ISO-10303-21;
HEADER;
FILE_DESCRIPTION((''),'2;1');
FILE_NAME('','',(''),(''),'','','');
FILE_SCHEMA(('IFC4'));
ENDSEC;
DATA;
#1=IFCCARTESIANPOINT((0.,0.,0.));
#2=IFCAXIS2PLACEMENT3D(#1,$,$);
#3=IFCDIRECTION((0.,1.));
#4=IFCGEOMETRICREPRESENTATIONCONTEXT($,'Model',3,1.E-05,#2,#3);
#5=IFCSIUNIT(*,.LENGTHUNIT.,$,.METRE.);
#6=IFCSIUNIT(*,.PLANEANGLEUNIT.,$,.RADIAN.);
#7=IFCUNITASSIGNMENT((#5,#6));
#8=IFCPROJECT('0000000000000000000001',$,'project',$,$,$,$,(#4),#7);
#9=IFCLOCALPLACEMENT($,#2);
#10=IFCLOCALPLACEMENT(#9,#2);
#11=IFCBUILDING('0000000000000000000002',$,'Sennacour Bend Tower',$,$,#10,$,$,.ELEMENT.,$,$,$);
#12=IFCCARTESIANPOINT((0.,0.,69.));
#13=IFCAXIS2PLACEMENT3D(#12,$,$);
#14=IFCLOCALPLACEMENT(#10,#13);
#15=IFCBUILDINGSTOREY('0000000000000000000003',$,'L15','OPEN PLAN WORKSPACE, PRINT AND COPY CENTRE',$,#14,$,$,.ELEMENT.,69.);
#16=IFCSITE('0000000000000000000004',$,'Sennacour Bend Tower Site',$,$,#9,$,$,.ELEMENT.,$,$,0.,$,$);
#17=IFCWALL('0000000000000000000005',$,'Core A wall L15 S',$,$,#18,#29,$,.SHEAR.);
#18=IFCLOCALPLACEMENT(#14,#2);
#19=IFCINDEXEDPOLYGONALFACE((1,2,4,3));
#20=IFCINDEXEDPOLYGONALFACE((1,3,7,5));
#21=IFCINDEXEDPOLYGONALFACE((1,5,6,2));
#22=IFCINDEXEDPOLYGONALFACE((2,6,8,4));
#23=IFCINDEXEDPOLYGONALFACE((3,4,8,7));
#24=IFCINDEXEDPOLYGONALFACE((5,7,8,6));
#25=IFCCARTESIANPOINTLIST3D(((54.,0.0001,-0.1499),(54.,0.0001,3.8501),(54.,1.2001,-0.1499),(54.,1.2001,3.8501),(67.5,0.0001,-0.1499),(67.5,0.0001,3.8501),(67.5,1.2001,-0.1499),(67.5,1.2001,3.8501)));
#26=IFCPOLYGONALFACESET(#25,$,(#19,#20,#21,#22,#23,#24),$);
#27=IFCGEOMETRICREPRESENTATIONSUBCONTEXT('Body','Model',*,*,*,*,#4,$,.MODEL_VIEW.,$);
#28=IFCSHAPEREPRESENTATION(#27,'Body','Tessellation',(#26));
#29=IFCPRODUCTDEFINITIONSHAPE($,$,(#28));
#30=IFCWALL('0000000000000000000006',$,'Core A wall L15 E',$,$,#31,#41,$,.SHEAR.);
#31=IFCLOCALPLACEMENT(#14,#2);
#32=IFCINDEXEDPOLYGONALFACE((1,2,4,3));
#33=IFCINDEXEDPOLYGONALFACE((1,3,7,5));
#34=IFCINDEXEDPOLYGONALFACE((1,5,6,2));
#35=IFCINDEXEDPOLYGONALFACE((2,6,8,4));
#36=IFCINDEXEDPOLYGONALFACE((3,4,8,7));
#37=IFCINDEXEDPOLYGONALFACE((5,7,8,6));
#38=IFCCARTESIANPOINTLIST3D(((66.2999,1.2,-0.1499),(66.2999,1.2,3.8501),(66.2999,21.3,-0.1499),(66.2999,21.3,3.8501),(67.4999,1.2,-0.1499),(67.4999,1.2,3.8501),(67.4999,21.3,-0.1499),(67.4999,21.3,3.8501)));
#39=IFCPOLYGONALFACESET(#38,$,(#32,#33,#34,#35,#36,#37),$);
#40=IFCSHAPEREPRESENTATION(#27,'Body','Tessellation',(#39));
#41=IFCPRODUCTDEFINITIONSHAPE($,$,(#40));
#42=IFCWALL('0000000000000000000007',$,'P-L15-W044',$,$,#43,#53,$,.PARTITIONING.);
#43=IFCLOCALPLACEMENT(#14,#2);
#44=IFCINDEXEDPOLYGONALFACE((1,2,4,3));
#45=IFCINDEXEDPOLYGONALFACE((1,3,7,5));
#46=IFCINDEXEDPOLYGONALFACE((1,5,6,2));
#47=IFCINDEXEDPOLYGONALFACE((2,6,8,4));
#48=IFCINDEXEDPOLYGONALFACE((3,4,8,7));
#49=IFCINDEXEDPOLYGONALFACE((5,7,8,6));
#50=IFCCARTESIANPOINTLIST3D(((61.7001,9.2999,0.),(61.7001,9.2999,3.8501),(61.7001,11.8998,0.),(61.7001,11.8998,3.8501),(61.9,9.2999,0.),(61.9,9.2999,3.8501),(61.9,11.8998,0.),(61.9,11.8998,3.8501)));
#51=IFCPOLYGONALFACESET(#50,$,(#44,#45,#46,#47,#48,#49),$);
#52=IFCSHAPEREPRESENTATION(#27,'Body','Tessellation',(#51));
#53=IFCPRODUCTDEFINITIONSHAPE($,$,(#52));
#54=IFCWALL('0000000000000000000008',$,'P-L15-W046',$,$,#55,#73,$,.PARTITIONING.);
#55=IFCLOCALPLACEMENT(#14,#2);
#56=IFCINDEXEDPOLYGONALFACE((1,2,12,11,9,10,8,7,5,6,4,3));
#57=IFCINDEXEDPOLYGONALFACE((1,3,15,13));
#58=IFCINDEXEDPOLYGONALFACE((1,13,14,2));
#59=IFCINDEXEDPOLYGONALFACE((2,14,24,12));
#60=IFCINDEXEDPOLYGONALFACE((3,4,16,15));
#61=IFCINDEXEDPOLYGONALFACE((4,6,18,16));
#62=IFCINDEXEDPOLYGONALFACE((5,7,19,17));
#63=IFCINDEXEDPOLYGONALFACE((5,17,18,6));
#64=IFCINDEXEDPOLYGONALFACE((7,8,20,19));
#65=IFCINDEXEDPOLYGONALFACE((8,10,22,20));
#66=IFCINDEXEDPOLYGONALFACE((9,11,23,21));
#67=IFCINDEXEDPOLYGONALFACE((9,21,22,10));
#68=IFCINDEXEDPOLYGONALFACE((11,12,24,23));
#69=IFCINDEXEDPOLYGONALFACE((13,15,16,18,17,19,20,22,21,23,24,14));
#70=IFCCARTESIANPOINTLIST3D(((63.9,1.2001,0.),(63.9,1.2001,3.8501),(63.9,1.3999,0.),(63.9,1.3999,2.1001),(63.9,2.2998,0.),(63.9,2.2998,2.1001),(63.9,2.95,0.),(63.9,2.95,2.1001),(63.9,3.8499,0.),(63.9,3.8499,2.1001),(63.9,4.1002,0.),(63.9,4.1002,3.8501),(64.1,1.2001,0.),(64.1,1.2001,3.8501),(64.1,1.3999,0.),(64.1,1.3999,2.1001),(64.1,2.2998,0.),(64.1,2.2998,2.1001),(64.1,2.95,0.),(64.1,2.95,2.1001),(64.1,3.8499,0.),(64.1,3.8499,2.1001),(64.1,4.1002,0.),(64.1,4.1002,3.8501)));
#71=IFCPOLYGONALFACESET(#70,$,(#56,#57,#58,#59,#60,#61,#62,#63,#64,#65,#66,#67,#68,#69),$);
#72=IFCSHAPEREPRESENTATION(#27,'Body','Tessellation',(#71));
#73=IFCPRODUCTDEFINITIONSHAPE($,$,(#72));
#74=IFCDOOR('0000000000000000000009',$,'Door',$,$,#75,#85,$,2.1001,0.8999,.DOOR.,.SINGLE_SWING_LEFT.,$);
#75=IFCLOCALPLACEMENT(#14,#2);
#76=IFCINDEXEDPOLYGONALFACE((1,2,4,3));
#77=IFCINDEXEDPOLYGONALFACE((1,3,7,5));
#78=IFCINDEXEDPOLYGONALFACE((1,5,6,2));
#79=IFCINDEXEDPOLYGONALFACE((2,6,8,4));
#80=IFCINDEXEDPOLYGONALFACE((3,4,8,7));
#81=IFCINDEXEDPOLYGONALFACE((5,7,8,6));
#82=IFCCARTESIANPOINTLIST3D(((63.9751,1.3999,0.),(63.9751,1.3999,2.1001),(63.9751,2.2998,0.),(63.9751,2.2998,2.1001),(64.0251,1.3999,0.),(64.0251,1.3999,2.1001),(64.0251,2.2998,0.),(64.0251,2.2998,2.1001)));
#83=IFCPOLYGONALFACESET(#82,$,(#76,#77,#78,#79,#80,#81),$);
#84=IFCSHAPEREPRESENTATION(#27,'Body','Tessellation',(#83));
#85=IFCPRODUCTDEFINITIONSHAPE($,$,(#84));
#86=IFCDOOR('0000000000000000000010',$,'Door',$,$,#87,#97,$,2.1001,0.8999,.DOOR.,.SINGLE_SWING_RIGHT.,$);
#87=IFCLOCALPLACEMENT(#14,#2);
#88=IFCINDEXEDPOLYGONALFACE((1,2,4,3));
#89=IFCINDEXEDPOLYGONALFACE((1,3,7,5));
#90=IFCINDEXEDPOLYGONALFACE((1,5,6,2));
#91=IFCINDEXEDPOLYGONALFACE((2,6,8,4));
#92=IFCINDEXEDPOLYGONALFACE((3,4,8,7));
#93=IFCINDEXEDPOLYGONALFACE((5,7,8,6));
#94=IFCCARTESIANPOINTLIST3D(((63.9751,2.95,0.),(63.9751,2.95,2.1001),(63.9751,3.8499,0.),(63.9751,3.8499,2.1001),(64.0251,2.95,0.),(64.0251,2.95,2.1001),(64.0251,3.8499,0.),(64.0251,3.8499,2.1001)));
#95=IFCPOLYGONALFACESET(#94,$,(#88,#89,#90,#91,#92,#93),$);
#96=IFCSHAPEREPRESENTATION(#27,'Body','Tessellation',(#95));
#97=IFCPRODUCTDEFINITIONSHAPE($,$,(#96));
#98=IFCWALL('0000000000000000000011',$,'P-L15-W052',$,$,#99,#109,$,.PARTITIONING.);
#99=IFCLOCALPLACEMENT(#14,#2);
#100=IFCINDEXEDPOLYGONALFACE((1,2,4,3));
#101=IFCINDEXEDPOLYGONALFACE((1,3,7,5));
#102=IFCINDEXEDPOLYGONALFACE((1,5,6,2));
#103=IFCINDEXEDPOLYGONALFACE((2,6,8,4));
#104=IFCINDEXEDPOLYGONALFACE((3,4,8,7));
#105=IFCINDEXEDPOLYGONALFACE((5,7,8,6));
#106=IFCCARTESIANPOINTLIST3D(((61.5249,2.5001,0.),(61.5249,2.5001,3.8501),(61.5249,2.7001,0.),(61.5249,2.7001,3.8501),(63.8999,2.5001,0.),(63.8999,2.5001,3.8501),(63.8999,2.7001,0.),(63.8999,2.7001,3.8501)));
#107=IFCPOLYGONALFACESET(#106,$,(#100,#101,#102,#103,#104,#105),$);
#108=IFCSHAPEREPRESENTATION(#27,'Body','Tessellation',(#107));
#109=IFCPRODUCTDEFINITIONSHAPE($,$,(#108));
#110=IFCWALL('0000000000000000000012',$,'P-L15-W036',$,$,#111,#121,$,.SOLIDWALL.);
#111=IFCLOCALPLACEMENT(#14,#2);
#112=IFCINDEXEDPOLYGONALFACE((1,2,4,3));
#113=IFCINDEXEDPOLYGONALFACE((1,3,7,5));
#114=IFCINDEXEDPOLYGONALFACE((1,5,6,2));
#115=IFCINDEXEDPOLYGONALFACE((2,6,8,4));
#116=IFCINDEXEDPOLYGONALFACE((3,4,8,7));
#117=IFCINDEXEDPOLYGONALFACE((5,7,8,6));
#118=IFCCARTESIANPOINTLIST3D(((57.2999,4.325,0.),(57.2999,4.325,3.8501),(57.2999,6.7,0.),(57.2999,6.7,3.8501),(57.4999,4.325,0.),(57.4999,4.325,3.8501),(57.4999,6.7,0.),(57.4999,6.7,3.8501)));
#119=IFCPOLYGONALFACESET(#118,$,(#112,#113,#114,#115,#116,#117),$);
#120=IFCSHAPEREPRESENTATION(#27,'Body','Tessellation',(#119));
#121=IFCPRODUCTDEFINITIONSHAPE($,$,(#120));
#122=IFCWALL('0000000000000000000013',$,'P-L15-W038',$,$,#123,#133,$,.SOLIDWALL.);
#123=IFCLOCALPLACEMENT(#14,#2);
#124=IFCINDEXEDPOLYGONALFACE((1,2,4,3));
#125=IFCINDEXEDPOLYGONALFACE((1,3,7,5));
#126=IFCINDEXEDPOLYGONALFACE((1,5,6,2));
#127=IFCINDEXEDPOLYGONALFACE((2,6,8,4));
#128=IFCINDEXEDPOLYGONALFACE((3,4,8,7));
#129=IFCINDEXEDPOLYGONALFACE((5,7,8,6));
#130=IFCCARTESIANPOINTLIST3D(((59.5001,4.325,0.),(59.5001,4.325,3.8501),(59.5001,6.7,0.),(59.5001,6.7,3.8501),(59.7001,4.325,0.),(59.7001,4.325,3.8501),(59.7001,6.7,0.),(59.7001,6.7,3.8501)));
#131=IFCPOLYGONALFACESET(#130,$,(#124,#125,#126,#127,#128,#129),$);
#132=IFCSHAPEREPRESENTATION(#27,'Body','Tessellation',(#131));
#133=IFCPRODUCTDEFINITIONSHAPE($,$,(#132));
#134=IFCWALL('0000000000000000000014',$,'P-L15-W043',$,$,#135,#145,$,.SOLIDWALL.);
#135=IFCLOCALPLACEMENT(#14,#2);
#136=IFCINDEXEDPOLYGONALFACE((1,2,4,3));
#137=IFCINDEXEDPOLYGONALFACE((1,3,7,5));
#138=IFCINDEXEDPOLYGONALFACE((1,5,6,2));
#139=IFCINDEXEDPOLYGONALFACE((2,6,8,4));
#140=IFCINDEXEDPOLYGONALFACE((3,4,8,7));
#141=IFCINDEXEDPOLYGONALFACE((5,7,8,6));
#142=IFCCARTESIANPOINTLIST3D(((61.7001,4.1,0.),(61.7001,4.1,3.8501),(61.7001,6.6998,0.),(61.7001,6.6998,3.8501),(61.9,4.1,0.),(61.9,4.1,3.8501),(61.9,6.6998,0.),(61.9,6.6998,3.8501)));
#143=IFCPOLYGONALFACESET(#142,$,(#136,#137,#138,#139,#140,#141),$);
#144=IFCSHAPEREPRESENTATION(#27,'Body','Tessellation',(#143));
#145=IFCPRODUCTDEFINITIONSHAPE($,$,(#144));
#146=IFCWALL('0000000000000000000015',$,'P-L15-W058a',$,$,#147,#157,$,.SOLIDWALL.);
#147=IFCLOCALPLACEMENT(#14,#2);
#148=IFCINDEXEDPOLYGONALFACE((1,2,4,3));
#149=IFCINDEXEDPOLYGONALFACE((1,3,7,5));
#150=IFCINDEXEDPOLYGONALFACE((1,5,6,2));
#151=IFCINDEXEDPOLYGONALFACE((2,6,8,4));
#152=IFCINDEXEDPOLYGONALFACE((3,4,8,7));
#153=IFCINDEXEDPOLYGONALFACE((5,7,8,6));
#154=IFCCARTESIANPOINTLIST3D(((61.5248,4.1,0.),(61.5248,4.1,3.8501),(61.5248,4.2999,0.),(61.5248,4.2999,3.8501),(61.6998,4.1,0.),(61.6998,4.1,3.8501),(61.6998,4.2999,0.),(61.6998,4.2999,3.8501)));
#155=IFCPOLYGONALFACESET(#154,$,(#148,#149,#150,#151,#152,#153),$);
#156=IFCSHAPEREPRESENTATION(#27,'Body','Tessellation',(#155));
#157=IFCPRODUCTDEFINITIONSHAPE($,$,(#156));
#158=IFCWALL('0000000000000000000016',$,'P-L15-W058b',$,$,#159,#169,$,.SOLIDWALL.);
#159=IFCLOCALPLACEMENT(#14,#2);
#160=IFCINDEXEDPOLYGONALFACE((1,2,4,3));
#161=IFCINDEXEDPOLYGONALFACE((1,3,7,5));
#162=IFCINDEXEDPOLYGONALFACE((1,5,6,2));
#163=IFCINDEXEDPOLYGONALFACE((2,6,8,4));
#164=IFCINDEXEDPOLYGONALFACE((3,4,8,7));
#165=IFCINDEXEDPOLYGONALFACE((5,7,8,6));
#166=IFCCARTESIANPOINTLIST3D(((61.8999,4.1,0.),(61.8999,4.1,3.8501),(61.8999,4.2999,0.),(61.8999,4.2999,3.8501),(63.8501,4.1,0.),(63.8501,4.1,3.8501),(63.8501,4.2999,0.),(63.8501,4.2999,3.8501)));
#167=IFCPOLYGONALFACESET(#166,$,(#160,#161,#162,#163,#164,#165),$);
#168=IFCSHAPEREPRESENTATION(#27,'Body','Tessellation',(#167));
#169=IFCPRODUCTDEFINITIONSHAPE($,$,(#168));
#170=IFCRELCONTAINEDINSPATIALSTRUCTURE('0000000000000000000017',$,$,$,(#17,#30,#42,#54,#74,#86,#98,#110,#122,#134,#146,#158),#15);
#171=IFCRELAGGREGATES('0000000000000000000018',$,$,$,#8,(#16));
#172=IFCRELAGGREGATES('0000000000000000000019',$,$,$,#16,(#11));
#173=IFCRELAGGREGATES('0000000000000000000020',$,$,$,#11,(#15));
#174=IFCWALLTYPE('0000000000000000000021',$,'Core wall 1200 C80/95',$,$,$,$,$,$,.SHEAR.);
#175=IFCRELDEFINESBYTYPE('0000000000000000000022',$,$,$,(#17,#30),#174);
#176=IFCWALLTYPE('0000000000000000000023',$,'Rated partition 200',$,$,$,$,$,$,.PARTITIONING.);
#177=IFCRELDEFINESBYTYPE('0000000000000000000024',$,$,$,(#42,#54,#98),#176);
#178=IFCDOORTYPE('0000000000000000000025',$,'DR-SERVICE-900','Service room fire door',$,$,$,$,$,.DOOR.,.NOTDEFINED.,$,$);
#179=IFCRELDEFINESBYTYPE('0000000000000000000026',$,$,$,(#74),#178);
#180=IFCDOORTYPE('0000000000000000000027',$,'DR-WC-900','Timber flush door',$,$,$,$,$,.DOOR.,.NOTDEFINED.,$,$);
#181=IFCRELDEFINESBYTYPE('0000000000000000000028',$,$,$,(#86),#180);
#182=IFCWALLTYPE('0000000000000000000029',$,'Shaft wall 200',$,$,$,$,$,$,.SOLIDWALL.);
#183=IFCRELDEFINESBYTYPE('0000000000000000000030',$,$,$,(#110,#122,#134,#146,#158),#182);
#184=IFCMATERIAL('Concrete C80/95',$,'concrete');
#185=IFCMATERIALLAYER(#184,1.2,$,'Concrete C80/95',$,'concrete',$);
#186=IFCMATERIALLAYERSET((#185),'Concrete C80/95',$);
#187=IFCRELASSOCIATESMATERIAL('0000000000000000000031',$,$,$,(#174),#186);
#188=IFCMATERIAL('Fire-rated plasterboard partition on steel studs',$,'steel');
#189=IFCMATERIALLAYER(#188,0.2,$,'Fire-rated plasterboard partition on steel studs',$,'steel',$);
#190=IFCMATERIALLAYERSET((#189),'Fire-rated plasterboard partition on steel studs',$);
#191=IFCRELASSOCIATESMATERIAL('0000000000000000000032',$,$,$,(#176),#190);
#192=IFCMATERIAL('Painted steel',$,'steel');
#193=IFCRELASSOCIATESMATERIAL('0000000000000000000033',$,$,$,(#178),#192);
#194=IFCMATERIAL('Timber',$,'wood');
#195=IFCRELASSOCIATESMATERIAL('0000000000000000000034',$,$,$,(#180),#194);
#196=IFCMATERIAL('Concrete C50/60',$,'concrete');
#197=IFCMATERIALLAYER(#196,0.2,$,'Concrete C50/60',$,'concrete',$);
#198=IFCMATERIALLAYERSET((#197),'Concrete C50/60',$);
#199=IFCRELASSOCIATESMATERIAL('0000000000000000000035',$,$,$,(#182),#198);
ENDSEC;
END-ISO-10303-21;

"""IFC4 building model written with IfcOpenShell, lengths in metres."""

from ifc_helpers import new_model, si_unit, direction, frame, frame_2d, origin, place, context, subcontext, project, spatial, rectangle, extrude, material, layer, layer_set, type_object, element, fill, save


model = new_model("IFC4")

# Units and contexts
model_context = context("Model", 3, precision=1e-05, world=origin(), true_north=direction((0.0, 1.0)))
body_context = subcontext(model_context, "Body", "Model", "MODEL_VIEW")
ifc_project = project(units=[si_unit("LENGTHUNIT", "METRE"), si_unit("PLANEANGLEUNIT", "RADIAN")], contexts=[model_context])

# Site, building, storey
site_placement = place(None, origin())
site = spatial("IfcSite", under=ifc_project, at=site_placement, Name="Sennacour Bend Tower Site", CompositionType="ELEMENT", RefElevation=0.0)
building_placement = place(site_placement, origin())
building = spatial("IfcBuilding", under=site, at=building_placement, Name="Sennacour Bend Tower", CompositionType="ELEMENT")
storey_placement = place(building_placement, frame((0.0, 0.0, 69.0)))
storey = spatial("IfcBuildingStorey", under=building, at=storey_placement, Name="L15", Description="OPEN PLAN WORKSPACE, PRINT AND COPY CENTRE", CompositionType="ELEMENT", Elevation=69.0)

# Walls
ifc_material_1 = material(Name="Concrete C80/95", Category="concrete")
ifc_layer_1 = layer(ifc_material_1, 1.2, Name="Concrete C80/95", Category="concrete")
ifc_layer_set_1 = layer_set([ifc_layer_1], Name="Concrete C80/95")
wall_type_1 = type_object("IfcWallType", Name="Core wall 1200 C80/95", PredefinedType="SHEAR", material=ifc_layer_set_1)
wall_1_placement = place(storey_placement, frame((67.5, 0.6001, -0.1499), z_axis=(0.0, 0.0, 1.0), x_axis=(-1.0, 0.0, 0.0)))
element("IfcWall", 1, at=wall_1_placement, inside=storey, type_object=wall_type_1, Name="Core A wall L15 S", PredefinedType="SHEAR", context=body_context, shape_type="SweptSolid", body=[
    extrude(rectangle(XDim=13.5, YDim=1.2, at=frame_2d((6.75, 0.0))), origin(), (0.0, 0.0, 1.0), 4.0),
])
wall_2_placement = place(storey_placement, frame((66.8999, 1.2, -0.1499), z_axis=(0.0, 0.0, 1.0), x_axis=(0.0, 1.0, 0.0)))
element("IfcWall", 2, at=wall_2_placement, inside=storey, type_object=wall_type_1, Name="Core A wall L15 E", PredefinedType="SHEAR", context=body_context, shape_type="SweptSolid", body=[
    extrude(rectangle(XDim=20.1001, YDim=1.2, at=frame_2d((10.05, 0.0))), origin(), (0.0, 0.0, 1.0), 4.0),
])
ifc_material_2 = material(Name="Fire-rated plasterboard partition on steel studs", Category="steel")
ifc_layer_2 = layer(ifc_material_2, 0.2, Name="Fire-rated plasterboard partition on steel studs", Category="steel")
ifc_layer_set_2 = layer_set([ifc_layer_2], Name="Fire-rated plasterboard partition on steel studs")
wall_type_2 = type_object("IfcWallType", Name="Rated partition 200", PredefinedType="PARTITIONING", material=ifc_layer_set_2)
wall_3_placement = place(storey_placement, frame((61.8, 9.3, 0.0), z_axis=(0.0, 0.0, 1.0), x_axis=(0.0, 1.0, 0.0)))
element("IfcWall", 3, at=wall_3_placement, inside=storey, type_object=wall_type_2, Name="P-L15-W044", PredefinedType="PARTITIONING", context=body_context, shape_type="SweptSolid", body=[
    extrude(rectangle(XDim=2.5999, YDim=0.2, at=frame_2d((1.2998, 0.0))), origin(), (0.0, 0.0, 1.0), 3.8501),
])

# Wall, openings, doors
wall_4_placement = place(storey_placement, frame((64.0, 1.2, 0.0), z_axis=(0.0, 0.0, 1.0), x_axis=(0.0, 1.0, 0.0)))
wall_4 = element("IfcWall", 4, at=wall_4_placement, inside=storey, type_object=wall_type_2, Name="P-L15-W046", PredefinedType="PARTITIONING", context=body_context, shape_type="SweptSolid", body=[
    extrude(rectangle(XDim=2.9001, YDim=0.2, at=frame_2d((1.4502, 0.0))), origin(), (0.0, 0.0, 1.0), 3.8501),
])
opening_1_placement = place(wall_4_placement, frame((0.2, 0.0, 0.0)))
opening_1 = element("IfcOpeningElement", 5, at=opening_1_placement, cuts=wall_4, PredefinedType="OPENING", context=body_context, shape_type="SweptSolid", body=[
    extrude(rectangle(XDim=0.8999, YDim=2.1001, at=frame_2d((0.45, 1.05))), frame((0.0, 0.1099, 0.0), z_axis=(0.0, -1.0, 0.0), x_axis=(1.0, 0.0, 0.0)), (0.0, 0.0, 1.0), 0.22),
])
opening_2_placement = place(wall_4_placement, frame((1.75, 0.0, 0.0)))
opening_2 = element("IfcOpeningElement", 6, at=opening_2_placement, cuts=wall_4, PredefinedType="OPENING", context=body_context, shape_type="SweptSolid", body=[
    extrude(rectangle(XDim=0.8999, YDim=2.1001, at=frame_2d((0.45, 1.05))), frame((0.0, 0.1099, 0.0), z_axis=(0.0, -1.0, 0.0), x_axis=(1.0, 0.0, 0.0)), (0.0, 0.0, 1.0), 0.22),
])
ifc_material_3 = material(Name="Painted steel", Category="steel")
door_type_1 = type_object("IfcDoorType", Name="DR-SERVICE-900", Description="Service room fire door", OperationType="NOTDEFINED", PredefinedType="DOOR", material=ifc_material_3)
door_1_placement = place(opening_1_placement, origin())
door_1 = element("IfcDoor", 7, at=door_1_placement, inside=storey, type_object=door_type_1, Name="Door", OperationType="SINGLE_SWING_LEFT", OverallHeight=2.1001, OverallWidth=0.8999, PredefinedType="DOOR", context=body_context, shape_type="SweptSolid", body=[
    extrude(rectangle(XDim=0.8999, YDim=2.1001, at=frame_2d((0.45, 1.05))), frame((0.0, 0.0249, 0.0), z_axis=(0.0, -1.0, 0.0), x_axis=(1.0, 0.0, 0.0)), (0.0, 0.0, 1.0), 0.05),
])
fill(opening_1, door_1)
ifc_material_4 = material(Name="Timber", Category="wood")
door_type_2 = type_object("IfcDoorType", Name="DR-WC-900", Description="Timber flush door", OperationType="NOTDEFINED", PredefinedType="DOOR", material=ifc_material_4)
door_2_placement = place(opening_2_placement, origin())
door_2 = element("IfcDoor", 8, at=door_2_placement, inside=storey, type_object=door_type_2, Name="Door", OperationType="SINGLE_SWING_RIGHT", OverallHeight=2.1001, OverallWidth=0.8999, PredefinedType="DOOR", context=body_context, shape_type="SweptSolid", body=[
    extrude(rectangle(XDim=0.8999, YDim=2.1001, at=frame_2d((0.45, 1.05))), frame((0.0, 0.0249, 0.0), z_axis=(0.0, -1.0, 0.0), x_axis=(1.0, 0.0, 0.0)), (0.0, 0.0, 1.0), 0.05),
])
fill(opening_2, door_2)

# Walls
wall_5_placement = place(storey_placement, frame((61.5249, 2.6001, 0.0), z_axis=(0.0, 0.0, 1.0), x_axis=(1.0, 0.0, 0.0)))
element("IfcWall", 9, at=wall_5_placement, inside=storey, type_object=wall_type_2, Name="P-L15-W052", PredefinedType="PARTITIONING", context=body_context, shape_type="SweptSolid", body=[
    extrude(rectangle(XDim=2.375, YDim=0.2, at=frame_2d((1.1875, 0.0))), origin(), (0.0, 0.0, 1.0), 3.8501),
])
ifc_material_5 = material(Name="Concrete C50/60", Category="concrete")
ifc_layer_3 = layer(ifc_material_5, 0.2, Name="Concrete C50/60", Category="concrete")
ifc_layer_set_3 = layer_set([ifc_layer_3], Name="Concrete C50/60")
wall_type_3 = type_object("IfcWallType", Name="Shaft wall 200", PredefinedType="SOLIDWALL", material=ifc_layer_set_3)
for number, where, z_axis, x_axis, name in (
    (10, (57.3999, 4.325, 0.0), (0.0, 0.0, 1.0), (0.0, 1.0, 0.0), "P-L15-W036"),
    (11, (59.6001, 4.325, 0.0), (0.0, 0.0, 1.0), (0.0, 1.0, 0.0), "P-L15-W038"),
):
    element("IfcWall", number, at=place(storey_placement, frame(where, z_axis=z_axis, x_axis=x_axis)), inside=storey, type_object=wall_type_3, Name=name, PredefinedType="SOLIDWALL", context=body_context, shape_type="SweptSolid", body=[
        extrude(rectangle(XDim=2.375, YDim=0.2, at=frame_2d((1.1875, 0.0))), origin(), (0.0, 0.0, 1.0), 3.8501),
    ])
wall_6_placement = place(storey_placement, frame((61.8, 4.1001, 0.0), z_axis=(0.0, 0.0, 1.0), x_axis=(0.0, 1.0, 0.0)))
element("IfcWall", 12, at=wall_6_placement, inside=storey, type_object=wall_type_3, Name="P-L15-W043", PredefinedType="SOLIDWALL", context=body_context, shape_type="SweptSolid", body=[
    extrude(rectangle(XDim=2.5999, YDim=0.2, at=frame_2d((1.2998, 0.0))), origin(), (0.0, 0.0, 1.0), 3.8501),
])
wall_7_placement = place(storey_placement, frame((61.5249, 4.2, 0.0), z_axis=(0.0, 0.0, 1.0), x_axis=(1.0, 0.0, 0.0)))
element("IfcWall", 13, at=wall_7_placement, inside=storey, type_object=wall_type_3, Name="P-L15-W058a", PredefinedType="SOLIDWALL", context=body_context, shape_type="SweptSolid", body=[
    extrude(rectangle(XDim=0.175, YDim=0.2, at=frame_2d((0.0874, 0.0))), origin(), (0.0, 0.0, 1.0), 3.8501),
])
wall_8_placement = place(storey_placement, frame((61.8999, 4.2, 0.0), z_axis=(0.0, 0.0, 1.0), x_axis=(1.0, 0.0, 0.0)))
element("IfcWall", 14, at=wall_8_placement, inside=storey, type_object=wall_type_3, Name="P-L15-W058b", PredefinedType="SOLIDWALL", context=body_context, shape_type="SweptSolid", body=[
    extrude(rectangle(XDim=1.9502, YDim=0.2, at=frame_2d((0.9751, 0.0))), origin(), (0.0, 0.0, 1.0), 3.8501),
])

save(model, "model.ifc")
